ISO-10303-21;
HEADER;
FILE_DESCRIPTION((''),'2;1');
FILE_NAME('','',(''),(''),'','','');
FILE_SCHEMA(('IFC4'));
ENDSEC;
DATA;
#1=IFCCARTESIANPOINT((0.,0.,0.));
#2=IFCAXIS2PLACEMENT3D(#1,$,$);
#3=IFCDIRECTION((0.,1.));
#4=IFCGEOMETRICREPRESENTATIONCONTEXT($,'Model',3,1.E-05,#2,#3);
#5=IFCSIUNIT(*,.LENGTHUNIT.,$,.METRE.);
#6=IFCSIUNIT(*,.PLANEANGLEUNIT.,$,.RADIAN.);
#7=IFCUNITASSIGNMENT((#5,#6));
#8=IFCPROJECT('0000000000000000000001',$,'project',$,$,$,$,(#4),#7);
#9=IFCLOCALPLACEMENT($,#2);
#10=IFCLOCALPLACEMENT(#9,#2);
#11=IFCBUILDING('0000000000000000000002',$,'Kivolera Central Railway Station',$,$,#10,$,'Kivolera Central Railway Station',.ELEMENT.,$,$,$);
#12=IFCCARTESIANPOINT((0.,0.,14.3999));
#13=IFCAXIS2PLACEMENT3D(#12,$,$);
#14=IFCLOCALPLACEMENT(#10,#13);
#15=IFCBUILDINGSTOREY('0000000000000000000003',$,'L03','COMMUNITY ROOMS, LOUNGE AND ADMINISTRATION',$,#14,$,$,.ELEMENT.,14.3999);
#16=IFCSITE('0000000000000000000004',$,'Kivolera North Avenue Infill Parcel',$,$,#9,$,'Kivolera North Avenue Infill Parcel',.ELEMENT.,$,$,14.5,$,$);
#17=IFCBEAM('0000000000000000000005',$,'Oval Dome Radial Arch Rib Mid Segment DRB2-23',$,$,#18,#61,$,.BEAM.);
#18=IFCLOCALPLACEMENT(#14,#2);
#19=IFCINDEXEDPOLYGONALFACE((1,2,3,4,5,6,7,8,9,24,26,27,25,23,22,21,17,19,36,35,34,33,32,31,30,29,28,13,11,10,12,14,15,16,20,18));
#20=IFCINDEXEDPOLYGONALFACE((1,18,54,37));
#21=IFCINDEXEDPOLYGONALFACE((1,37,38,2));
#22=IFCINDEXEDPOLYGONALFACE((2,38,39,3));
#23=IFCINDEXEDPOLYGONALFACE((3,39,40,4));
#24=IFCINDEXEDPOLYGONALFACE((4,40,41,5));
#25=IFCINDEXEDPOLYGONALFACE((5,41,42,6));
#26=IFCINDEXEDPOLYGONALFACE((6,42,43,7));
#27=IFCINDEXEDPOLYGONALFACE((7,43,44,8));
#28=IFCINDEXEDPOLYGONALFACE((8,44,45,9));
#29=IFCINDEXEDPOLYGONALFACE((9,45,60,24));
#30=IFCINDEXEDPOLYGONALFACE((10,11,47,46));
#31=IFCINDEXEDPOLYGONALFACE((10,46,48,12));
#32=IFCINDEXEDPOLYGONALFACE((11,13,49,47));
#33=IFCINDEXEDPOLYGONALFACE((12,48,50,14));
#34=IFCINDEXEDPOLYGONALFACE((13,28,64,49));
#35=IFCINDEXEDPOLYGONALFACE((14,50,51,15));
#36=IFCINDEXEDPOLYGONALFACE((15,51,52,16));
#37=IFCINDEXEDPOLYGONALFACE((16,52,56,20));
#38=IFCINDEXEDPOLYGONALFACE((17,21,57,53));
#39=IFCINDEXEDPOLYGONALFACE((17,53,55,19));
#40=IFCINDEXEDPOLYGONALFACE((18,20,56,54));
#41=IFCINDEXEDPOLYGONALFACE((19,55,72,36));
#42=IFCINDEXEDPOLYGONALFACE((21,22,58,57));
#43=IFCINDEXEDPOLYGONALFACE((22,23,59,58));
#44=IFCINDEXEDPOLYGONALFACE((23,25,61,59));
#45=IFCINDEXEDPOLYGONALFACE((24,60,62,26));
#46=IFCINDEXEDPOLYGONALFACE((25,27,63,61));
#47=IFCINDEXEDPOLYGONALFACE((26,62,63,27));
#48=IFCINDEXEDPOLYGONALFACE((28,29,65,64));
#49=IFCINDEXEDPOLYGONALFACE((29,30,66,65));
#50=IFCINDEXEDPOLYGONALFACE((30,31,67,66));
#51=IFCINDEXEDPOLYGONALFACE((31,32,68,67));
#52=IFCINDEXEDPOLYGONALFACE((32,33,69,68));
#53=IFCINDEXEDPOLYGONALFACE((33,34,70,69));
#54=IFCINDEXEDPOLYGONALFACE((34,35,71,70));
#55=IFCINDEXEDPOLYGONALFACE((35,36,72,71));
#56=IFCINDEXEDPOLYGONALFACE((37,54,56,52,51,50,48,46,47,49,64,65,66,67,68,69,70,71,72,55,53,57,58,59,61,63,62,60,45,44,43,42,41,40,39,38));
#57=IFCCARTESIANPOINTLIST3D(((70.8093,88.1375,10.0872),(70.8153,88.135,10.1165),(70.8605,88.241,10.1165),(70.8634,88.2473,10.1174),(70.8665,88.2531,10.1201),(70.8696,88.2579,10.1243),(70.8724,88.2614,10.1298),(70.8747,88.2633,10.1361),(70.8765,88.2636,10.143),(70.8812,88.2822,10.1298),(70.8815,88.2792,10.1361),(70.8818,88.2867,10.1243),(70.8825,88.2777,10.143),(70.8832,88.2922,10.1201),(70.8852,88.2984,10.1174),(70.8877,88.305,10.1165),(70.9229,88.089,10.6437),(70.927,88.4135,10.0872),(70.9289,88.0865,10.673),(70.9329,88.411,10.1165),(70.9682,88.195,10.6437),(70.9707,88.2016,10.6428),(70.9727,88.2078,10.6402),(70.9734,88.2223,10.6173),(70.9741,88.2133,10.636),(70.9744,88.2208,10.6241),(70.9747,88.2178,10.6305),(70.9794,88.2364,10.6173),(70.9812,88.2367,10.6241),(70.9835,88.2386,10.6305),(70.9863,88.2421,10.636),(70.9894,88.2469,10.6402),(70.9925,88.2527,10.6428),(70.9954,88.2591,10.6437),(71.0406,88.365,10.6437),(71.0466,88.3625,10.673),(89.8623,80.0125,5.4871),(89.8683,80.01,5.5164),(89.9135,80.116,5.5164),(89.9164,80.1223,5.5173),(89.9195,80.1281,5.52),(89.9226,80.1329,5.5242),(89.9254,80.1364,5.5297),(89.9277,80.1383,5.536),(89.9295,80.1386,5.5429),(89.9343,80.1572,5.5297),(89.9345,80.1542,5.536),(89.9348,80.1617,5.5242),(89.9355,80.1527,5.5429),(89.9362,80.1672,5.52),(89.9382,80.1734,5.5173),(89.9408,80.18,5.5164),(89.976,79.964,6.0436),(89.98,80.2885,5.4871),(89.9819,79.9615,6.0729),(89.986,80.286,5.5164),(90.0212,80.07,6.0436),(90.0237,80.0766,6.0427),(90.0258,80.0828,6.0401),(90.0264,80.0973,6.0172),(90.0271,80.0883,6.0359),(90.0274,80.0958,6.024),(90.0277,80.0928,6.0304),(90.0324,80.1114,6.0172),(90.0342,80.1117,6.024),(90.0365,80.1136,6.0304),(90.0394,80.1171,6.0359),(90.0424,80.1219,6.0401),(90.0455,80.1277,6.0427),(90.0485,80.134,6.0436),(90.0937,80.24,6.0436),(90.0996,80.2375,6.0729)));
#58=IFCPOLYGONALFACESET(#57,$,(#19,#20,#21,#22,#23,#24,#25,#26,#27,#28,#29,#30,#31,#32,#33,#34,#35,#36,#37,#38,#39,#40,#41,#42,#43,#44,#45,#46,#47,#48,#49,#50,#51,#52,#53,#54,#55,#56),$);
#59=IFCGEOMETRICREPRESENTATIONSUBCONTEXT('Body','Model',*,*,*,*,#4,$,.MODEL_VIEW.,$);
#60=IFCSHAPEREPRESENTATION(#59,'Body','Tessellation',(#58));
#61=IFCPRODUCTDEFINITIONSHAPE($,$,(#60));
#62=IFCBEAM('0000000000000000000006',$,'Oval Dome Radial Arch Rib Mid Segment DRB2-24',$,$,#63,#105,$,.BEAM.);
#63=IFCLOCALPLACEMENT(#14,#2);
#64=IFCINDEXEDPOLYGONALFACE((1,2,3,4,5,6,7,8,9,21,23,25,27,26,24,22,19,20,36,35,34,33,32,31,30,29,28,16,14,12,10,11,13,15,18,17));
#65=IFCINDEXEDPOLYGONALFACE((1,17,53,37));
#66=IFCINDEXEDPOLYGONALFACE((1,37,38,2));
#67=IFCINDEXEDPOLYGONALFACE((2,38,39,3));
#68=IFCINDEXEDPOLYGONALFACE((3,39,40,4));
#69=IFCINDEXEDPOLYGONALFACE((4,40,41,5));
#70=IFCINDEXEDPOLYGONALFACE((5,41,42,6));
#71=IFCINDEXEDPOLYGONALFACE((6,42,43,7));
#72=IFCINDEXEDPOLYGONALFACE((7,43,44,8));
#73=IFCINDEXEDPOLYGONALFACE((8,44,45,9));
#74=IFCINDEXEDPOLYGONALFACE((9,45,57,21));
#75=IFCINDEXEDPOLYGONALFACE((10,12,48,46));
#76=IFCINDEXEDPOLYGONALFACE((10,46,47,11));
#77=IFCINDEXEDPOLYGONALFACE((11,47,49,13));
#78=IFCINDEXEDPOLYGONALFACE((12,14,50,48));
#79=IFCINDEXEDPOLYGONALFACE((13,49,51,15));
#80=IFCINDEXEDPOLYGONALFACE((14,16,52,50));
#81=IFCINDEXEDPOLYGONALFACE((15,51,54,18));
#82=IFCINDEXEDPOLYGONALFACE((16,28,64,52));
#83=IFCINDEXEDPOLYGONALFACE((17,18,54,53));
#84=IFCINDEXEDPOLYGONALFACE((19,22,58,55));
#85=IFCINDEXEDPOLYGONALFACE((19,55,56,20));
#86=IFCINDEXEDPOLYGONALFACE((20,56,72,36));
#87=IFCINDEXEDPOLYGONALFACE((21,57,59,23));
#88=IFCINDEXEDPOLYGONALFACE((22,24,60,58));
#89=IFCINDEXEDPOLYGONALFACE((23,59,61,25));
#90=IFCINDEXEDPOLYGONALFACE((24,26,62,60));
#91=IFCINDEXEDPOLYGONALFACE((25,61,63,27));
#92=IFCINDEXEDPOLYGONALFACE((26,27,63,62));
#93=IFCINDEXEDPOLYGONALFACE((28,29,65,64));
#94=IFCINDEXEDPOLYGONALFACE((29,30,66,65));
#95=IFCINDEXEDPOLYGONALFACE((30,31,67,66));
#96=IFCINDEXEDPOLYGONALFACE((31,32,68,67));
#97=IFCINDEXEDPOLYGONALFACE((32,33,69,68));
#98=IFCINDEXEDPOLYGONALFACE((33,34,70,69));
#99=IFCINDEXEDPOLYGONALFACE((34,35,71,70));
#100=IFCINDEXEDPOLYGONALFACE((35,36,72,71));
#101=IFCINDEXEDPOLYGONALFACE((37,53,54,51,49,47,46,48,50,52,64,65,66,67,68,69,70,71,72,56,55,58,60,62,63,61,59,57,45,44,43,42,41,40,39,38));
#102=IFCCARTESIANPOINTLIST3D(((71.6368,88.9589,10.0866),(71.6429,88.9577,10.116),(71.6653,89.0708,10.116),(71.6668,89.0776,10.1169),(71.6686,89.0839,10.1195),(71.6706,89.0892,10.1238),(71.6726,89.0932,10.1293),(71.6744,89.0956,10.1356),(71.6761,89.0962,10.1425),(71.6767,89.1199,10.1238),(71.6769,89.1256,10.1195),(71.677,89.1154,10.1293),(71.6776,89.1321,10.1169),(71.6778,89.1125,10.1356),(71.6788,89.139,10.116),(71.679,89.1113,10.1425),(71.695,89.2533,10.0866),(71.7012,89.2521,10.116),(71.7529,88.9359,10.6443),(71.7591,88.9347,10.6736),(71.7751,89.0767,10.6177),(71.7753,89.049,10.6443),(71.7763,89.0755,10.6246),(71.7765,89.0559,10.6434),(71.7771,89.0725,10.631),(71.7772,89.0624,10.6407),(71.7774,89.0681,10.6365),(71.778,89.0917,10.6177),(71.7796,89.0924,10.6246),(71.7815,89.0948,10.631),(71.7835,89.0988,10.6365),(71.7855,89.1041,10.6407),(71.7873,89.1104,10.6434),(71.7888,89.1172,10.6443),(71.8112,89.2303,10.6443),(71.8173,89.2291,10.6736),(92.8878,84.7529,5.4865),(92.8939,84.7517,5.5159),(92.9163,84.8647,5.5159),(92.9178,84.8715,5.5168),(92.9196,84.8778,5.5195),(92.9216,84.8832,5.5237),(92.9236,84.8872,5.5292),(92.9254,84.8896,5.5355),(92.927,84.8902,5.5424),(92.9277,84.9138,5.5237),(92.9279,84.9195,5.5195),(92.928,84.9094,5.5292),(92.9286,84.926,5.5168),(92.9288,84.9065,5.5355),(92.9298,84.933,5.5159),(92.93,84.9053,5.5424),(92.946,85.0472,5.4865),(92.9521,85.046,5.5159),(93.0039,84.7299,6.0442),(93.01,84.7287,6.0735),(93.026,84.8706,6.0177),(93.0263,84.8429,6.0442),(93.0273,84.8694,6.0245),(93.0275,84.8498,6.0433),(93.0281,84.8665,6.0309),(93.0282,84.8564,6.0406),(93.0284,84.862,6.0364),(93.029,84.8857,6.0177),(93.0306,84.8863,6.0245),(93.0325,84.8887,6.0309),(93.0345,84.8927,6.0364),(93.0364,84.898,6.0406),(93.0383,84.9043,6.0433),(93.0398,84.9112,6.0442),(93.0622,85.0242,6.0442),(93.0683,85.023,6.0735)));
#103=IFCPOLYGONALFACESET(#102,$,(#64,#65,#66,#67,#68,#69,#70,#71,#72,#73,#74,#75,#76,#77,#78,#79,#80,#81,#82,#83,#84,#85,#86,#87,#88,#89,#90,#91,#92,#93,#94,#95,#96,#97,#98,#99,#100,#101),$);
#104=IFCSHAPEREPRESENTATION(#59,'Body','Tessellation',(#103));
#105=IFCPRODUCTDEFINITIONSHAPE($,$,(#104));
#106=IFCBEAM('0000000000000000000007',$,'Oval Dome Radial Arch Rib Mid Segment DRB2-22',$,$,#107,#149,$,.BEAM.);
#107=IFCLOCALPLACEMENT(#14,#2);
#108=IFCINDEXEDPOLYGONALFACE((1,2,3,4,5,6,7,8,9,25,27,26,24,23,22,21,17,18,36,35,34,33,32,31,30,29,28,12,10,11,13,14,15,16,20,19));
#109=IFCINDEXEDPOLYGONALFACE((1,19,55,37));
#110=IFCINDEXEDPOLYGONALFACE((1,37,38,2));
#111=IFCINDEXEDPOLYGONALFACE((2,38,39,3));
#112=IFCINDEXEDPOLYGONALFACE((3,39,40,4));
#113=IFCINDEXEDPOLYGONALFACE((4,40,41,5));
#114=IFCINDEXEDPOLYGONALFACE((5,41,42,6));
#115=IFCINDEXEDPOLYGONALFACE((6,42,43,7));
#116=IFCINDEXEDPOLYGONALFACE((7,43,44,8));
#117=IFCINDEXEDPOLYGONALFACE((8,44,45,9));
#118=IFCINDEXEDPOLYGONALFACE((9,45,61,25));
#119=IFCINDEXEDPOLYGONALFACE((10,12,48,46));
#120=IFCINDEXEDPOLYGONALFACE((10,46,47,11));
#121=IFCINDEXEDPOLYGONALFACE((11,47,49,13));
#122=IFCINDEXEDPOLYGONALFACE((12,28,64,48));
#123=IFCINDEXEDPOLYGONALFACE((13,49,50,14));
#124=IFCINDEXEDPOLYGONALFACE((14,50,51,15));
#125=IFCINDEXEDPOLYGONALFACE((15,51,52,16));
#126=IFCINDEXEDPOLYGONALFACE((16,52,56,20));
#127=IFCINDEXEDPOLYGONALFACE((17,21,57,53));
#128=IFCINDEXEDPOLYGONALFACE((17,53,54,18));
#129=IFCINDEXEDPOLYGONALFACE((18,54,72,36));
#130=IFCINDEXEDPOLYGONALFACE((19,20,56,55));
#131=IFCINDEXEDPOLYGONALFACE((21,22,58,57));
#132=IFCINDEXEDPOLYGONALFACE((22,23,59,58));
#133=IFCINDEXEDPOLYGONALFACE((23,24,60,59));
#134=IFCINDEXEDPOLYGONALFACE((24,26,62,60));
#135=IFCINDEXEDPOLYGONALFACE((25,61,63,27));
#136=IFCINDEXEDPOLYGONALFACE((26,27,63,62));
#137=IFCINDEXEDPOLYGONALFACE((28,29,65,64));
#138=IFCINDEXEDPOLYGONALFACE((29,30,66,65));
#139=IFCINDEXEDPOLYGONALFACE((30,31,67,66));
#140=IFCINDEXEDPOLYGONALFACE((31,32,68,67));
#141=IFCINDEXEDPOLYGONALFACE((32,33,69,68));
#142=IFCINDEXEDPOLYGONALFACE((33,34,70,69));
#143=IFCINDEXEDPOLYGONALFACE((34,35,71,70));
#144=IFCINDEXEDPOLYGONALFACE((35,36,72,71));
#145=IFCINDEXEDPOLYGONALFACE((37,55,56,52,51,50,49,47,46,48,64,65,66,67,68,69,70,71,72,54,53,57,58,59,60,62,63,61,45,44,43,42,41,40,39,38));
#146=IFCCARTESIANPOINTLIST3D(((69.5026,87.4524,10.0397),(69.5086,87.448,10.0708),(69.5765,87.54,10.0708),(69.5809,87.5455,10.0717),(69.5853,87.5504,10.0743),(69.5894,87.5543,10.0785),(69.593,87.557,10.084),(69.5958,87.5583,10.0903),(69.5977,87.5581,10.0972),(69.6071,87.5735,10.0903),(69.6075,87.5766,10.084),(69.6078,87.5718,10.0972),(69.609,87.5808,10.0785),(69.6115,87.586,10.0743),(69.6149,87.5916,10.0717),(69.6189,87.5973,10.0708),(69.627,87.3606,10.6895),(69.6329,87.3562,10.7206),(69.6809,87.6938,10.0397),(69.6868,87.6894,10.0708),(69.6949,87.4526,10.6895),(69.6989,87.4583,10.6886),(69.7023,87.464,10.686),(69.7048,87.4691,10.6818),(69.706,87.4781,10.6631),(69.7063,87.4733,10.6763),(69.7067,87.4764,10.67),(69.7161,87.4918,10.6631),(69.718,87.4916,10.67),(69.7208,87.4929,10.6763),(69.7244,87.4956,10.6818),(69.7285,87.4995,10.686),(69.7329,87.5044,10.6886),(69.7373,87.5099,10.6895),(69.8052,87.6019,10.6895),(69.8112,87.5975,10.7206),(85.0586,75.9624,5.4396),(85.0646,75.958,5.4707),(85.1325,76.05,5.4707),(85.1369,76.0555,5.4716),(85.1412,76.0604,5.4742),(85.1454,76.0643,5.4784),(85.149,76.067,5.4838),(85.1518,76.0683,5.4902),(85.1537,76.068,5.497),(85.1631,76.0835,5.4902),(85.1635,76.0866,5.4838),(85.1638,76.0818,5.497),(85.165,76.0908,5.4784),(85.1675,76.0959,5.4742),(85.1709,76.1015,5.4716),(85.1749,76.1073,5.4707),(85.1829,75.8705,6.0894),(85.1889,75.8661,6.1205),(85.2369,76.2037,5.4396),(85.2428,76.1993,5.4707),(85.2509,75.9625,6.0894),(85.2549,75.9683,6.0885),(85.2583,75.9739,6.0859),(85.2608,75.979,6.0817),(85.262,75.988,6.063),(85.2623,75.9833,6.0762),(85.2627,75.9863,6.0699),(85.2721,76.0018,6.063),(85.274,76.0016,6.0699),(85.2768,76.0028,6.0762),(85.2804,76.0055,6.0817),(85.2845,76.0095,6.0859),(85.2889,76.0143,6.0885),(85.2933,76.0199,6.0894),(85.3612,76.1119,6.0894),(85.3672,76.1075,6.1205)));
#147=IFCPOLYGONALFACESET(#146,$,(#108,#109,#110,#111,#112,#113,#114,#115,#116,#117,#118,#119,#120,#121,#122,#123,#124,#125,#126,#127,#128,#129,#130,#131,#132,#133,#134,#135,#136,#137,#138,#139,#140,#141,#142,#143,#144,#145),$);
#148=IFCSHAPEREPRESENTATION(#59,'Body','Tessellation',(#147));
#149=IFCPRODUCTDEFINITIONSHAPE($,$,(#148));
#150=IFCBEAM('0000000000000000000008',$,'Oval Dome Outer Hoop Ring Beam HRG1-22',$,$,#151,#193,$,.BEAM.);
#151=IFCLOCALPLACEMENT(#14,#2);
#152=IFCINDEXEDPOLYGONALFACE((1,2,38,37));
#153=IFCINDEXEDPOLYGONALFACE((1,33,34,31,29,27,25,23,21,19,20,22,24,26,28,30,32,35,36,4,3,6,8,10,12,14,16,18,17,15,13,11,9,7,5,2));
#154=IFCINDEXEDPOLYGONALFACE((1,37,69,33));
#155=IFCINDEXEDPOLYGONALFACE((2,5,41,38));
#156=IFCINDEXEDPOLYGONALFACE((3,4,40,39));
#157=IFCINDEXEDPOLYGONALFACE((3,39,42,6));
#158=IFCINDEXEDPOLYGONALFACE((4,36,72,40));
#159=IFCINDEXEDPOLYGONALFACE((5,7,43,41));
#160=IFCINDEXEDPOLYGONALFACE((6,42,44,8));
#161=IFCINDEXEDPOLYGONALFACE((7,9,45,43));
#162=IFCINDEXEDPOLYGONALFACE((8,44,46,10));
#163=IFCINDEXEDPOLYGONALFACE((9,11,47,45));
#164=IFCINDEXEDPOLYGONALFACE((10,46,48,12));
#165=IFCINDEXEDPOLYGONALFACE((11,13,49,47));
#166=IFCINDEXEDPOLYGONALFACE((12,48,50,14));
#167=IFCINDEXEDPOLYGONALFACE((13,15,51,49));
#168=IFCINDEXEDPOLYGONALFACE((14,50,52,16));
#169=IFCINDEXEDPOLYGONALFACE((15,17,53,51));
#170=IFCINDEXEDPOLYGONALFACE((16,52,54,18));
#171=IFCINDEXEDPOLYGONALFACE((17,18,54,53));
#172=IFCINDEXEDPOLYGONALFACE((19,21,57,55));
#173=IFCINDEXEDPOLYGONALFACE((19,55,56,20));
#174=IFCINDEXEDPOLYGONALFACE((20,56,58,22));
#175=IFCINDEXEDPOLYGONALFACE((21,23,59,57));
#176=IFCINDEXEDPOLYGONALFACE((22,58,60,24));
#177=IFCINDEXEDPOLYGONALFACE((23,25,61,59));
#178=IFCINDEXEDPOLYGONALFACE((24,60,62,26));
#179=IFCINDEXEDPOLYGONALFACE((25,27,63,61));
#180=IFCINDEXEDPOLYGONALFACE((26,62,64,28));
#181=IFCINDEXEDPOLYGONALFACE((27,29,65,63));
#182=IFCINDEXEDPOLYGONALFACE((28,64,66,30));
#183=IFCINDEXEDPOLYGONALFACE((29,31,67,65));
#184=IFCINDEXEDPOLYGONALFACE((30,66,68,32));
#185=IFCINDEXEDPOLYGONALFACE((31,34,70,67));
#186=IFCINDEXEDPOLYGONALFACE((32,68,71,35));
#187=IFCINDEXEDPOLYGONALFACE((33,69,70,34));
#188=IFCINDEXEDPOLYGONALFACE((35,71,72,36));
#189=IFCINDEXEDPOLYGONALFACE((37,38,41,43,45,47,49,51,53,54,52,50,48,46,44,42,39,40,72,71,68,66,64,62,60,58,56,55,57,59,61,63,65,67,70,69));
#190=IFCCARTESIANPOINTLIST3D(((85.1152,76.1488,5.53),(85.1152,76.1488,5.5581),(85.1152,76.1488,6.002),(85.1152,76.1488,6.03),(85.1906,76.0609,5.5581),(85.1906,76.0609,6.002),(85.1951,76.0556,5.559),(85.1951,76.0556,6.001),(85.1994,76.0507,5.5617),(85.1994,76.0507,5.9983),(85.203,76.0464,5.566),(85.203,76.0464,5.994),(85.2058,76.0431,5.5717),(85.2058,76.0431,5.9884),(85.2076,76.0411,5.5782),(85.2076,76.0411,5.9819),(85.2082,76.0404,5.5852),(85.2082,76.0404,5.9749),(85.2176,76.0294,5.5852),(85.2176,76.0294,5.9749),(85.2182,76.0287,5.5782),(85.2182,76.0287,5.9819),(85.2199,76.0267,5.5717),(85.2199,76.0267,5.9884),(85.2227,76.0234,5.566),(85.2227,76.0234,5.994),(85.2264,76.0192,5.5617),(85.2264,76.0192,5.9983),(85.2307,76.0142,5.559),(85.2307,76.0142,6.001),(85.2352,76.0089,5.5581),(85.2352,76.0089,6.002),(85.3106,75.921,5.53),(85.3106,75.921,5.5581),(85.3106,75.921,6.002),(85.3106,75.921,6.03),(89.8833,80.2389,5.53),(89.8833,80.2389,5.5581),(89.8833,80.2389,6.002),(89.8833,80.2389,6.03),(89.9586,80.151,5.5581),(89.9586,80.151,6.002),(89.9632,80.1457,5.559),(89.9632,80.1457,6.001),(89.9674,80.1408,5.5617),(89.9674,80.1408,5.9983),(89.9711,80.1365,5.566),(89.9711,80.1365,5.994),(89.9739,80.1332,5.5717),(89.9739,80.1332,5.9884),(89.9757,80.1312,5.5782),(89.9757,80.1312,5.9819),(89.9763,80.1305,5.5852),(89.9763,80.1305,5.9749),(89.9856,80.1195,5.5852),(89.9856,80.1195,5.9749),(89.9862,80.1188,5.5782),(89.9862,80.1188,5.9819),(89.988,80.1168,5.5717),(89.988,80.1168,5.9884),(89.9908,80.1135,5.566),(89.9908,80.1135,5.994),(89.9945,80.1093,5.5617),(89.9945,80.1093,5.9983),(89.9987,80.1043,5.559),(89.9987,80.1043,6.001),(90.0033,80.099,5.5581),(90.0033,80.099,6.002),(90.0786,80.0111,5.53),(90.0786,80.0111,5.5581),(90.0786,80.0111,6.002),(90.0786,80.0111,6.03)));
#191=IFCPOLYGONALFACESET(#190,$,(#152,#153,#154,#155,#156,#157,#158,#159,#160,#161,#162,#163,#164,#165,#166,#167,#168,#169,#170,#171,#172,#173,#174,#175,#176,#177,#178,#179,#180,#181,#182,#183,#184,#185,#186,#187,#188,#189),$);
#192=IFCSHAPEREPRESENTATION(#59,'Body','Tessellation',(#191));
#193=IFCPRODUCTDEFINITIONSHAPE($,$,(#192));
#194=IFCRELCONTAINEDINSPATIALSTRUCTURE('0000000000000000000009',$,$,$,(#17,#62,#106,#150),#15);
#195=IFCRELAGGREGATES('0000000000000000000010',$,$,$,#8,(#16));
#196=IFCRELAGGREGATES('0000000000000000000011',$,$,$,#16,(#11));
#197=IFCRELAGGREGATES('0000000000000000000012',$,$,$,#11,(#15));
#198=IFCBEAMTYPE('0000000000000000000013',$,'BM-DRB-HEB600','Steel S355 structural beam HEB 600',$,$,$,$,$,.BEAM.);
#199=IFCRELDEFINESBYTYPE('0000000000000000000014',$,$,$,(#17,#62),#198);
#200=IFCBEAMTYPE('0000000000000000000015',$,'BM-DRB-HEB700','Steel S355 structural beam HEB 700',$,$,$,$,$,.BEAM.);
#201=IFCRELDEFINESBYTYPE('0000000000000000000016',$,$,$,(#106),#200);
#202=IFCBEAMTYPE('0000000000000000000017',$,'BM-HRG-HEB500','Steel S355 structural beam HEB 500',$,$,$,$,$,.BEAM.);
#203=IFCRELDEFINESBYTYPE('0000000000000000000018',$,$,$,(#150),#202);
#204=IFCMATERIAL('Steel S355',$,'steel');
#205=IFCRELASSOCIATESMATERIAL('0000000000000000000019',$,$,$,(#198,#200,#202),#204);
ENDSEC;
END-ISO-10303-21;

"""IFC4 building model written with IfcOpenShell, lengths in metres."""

from ifc_helpers import new_model, si_unit, direction, frame, origin, origin_2d, place, context, subcontext, project, spatial, i_section, extrude, material, material_profile, profile_set, type_object, element, save


model = new_model("IFC4")

# Units and contexts
model_context = context("Model", 3, precision=1e-05, world=origin(), true_north=direction((0.0, 1.0)))
body_context = subcontext(model_context, "Body", "Model", "MODEL_VIEW")
ifc_project = project(units=[si_unit("LENGTHUNIT", "METRE"), si_unit("PLANEANGLEUNIT", "RADIAN")], contexts=[model_context])

# Site, building, storey
site_placement = place(None, origin())
site = spatial("IfcSite", under=ifc_project, at=site_placement, Name="Kivolera North Avenue Infill Parcel", LongName="Kivolera North Avenue Infill Parcel", CompositionType="ELEMENT", RefElevation=14.5)
building_placement = place(site_placement, origin())
building = spatial("IfcBuilding", under=site, at=building_placement, Name="Kivolera Central Railway Station", LongName="Kivolera Central Railway Station", CompositionType="ELEMENT")
storey_placement = place(building_placement, frame((0.0, 0.0, 14.3999)))
storey = spatial("IfcBuildingStorey", under=building, at=storey_placement, Name="L03", Description="COMMUNITY ROOMS, LOUNGE AND ADMINISTRATION", CompositionType="ELEMENT", Elevation=14.3999)

# Beams
ifc_material_1 = material(Name="Steel S355", Category="steel")
ifc_material_profile_1 = material_profile(ifc_material_1, i_section(OverallWidth=0.3, OverallDepth=0.6001, WebThickness=0.0154, FlangeThickness=0.03, FilletRadius=0.0271, at=origin_2d()), Name="HEB 600")
ifc_profile_set_1 = profile_set([ifc_material_profile_1], Name="Steel S355")
beam_type_1 = type_object("IfcBeamType", Name="BM-DRB-HEB600", Description="Steel S355 structural beam HEB 600", PredefinedType="BEAM", material=ifc_profile_set_1)
beam_1_placement = place(storey_placement, frame((89.981, 80.125, 5.78), z_axis=(-0.897974, 0.382934, 0.216804), x_axis=(-0.392264, -0.919853, 0.0)))
element("IfcBeam", 1, at=beam_1_placement, inside=storey, type_object=beam_type_1, Name="Oval Dome Radial Arch Rib Mid Segment DRB2-23", PredefinedType="BEAM", context=body_context, shape_type="SweptSolid", body=[
    extrude(i_section(OverallWidth=0.3, OverallDepth=0.6001, WebThickness=0.0154, FlangeThickness=0.03, FilletRadius=0.0271, at=origin_2d()), origin(), (0.0, 0.0, 1.0), 21.2178),
])
beam_2_placement = place(storey_placement, frame((92.978, 84.8879, 5.78), z_axis=(-0.959575, 0.189922, 0.207715), x_axis=(-0.194157, -0.980971, 0.0)))
element("IfcBeam", 2, at=beam_2_placement, inside=storey, type_object=beam_type_1, Name="Oval Dome Radial Arch Rib Mid Segment DRB2-24", PredefinedType="BEAM", context=body_context, shape_type="SweptSolid", body=[
    extrude(i_section(OverallWidth=0.3, OverallDepth=0.6001, WebThickness=0.0154, FlangeThickness=0.03, FilletRadius=0.0271, at=origin_2d()), origin(), (0.0, 0.0, 1.0), 22.1462),
])
ifc_material_profile_2 = material_profile(ifc_material_1, i_section(OverallWidth=0.3, OverallDepth=0.7, WebThickness=0.0171, FlangeThickness=0.032, FilletRadius=0.0271, at=origin_2d()), Name="HEB 700")
ifc_profile_set_2 = profile_set([ifc_material_profile_2], Name="Steel S355")
beam_type_2 = type_object("IfcBeamType", Name="BM-DRB-HEB700", Description="Steel S355 structural beam HEB 700", PredefinedType="BEAM", material=ifc_profile_set_2)
beam_3_placement = place(storey_placement, frame((85.2129, 76.0349, 5.78), z_axis=(-0.782537, 0.578002, 0.231407), x_axis=(-0.594128, -0.80437, 0.0)))
element("IfcBeam", 3, at=beam_3_placement, inside=storey, type_object=beam_type_2, Name="Oval Dome Radial Arch Rib Mid Segment DRB2-22", PredefinedType="BEAM", context=body_context, shape_type="SweptSolid", body=[
    extrude(i_section(OverallWidth=0.3, OverallDepth=0.7, WebThickness=0.0171, FlangeThickness=0.032, FilletRadius=0.0271, at=origin_2d()), origin(), (0.0, 0.0, 1.0), 19.8789),
])
ifc_material_profile_3 = material_profile(ifc_material_1, i_section(OverallWidth=0.3, OverallDepth=0.5, WebThickness=0.0144, FlangeThickness=0.0281, FilletRadius=0.0271, at=origin_2d()), Name="HEB 500")
ifc_profile_set_3 = profile_set([ifc_material_profile_3], Name="Steel S355")
beam_type_3 = type_object("IfcBeamType", Name="BM-HRG-HEB500", Description="Steel S355 structural beam HEB 500", PredefinedType="BEAM", material=ifc_profile_set_3)
beam_4_placement = place(storey_placement, frame((85.2129, 76.0349, 5.78), z_axis=(0.759007, 0.651083, 0.0), x_axis=(-0.651083, 0.759007, 0.0)))
element("IfcBeam", 4, at=beam_4_placement, inside=storey, type_object=beam_type_3, Name="Oval Dome Outer Hoop Ring Beam HRG1-22", PredefinedType="BEAM", context=body_context, shape_type="SweptSolid", body=[
    extrude(i_section(OverallWidth=0.3, OverallDepth=0.5, WebThickness=0.0144, FlangeThickness=0.0281, FilletRadius=0.0271, at=origin_2d()), origin(), (0.0, 0.0, 1.0), 6.282),
])

save(model, "model.ifc")
